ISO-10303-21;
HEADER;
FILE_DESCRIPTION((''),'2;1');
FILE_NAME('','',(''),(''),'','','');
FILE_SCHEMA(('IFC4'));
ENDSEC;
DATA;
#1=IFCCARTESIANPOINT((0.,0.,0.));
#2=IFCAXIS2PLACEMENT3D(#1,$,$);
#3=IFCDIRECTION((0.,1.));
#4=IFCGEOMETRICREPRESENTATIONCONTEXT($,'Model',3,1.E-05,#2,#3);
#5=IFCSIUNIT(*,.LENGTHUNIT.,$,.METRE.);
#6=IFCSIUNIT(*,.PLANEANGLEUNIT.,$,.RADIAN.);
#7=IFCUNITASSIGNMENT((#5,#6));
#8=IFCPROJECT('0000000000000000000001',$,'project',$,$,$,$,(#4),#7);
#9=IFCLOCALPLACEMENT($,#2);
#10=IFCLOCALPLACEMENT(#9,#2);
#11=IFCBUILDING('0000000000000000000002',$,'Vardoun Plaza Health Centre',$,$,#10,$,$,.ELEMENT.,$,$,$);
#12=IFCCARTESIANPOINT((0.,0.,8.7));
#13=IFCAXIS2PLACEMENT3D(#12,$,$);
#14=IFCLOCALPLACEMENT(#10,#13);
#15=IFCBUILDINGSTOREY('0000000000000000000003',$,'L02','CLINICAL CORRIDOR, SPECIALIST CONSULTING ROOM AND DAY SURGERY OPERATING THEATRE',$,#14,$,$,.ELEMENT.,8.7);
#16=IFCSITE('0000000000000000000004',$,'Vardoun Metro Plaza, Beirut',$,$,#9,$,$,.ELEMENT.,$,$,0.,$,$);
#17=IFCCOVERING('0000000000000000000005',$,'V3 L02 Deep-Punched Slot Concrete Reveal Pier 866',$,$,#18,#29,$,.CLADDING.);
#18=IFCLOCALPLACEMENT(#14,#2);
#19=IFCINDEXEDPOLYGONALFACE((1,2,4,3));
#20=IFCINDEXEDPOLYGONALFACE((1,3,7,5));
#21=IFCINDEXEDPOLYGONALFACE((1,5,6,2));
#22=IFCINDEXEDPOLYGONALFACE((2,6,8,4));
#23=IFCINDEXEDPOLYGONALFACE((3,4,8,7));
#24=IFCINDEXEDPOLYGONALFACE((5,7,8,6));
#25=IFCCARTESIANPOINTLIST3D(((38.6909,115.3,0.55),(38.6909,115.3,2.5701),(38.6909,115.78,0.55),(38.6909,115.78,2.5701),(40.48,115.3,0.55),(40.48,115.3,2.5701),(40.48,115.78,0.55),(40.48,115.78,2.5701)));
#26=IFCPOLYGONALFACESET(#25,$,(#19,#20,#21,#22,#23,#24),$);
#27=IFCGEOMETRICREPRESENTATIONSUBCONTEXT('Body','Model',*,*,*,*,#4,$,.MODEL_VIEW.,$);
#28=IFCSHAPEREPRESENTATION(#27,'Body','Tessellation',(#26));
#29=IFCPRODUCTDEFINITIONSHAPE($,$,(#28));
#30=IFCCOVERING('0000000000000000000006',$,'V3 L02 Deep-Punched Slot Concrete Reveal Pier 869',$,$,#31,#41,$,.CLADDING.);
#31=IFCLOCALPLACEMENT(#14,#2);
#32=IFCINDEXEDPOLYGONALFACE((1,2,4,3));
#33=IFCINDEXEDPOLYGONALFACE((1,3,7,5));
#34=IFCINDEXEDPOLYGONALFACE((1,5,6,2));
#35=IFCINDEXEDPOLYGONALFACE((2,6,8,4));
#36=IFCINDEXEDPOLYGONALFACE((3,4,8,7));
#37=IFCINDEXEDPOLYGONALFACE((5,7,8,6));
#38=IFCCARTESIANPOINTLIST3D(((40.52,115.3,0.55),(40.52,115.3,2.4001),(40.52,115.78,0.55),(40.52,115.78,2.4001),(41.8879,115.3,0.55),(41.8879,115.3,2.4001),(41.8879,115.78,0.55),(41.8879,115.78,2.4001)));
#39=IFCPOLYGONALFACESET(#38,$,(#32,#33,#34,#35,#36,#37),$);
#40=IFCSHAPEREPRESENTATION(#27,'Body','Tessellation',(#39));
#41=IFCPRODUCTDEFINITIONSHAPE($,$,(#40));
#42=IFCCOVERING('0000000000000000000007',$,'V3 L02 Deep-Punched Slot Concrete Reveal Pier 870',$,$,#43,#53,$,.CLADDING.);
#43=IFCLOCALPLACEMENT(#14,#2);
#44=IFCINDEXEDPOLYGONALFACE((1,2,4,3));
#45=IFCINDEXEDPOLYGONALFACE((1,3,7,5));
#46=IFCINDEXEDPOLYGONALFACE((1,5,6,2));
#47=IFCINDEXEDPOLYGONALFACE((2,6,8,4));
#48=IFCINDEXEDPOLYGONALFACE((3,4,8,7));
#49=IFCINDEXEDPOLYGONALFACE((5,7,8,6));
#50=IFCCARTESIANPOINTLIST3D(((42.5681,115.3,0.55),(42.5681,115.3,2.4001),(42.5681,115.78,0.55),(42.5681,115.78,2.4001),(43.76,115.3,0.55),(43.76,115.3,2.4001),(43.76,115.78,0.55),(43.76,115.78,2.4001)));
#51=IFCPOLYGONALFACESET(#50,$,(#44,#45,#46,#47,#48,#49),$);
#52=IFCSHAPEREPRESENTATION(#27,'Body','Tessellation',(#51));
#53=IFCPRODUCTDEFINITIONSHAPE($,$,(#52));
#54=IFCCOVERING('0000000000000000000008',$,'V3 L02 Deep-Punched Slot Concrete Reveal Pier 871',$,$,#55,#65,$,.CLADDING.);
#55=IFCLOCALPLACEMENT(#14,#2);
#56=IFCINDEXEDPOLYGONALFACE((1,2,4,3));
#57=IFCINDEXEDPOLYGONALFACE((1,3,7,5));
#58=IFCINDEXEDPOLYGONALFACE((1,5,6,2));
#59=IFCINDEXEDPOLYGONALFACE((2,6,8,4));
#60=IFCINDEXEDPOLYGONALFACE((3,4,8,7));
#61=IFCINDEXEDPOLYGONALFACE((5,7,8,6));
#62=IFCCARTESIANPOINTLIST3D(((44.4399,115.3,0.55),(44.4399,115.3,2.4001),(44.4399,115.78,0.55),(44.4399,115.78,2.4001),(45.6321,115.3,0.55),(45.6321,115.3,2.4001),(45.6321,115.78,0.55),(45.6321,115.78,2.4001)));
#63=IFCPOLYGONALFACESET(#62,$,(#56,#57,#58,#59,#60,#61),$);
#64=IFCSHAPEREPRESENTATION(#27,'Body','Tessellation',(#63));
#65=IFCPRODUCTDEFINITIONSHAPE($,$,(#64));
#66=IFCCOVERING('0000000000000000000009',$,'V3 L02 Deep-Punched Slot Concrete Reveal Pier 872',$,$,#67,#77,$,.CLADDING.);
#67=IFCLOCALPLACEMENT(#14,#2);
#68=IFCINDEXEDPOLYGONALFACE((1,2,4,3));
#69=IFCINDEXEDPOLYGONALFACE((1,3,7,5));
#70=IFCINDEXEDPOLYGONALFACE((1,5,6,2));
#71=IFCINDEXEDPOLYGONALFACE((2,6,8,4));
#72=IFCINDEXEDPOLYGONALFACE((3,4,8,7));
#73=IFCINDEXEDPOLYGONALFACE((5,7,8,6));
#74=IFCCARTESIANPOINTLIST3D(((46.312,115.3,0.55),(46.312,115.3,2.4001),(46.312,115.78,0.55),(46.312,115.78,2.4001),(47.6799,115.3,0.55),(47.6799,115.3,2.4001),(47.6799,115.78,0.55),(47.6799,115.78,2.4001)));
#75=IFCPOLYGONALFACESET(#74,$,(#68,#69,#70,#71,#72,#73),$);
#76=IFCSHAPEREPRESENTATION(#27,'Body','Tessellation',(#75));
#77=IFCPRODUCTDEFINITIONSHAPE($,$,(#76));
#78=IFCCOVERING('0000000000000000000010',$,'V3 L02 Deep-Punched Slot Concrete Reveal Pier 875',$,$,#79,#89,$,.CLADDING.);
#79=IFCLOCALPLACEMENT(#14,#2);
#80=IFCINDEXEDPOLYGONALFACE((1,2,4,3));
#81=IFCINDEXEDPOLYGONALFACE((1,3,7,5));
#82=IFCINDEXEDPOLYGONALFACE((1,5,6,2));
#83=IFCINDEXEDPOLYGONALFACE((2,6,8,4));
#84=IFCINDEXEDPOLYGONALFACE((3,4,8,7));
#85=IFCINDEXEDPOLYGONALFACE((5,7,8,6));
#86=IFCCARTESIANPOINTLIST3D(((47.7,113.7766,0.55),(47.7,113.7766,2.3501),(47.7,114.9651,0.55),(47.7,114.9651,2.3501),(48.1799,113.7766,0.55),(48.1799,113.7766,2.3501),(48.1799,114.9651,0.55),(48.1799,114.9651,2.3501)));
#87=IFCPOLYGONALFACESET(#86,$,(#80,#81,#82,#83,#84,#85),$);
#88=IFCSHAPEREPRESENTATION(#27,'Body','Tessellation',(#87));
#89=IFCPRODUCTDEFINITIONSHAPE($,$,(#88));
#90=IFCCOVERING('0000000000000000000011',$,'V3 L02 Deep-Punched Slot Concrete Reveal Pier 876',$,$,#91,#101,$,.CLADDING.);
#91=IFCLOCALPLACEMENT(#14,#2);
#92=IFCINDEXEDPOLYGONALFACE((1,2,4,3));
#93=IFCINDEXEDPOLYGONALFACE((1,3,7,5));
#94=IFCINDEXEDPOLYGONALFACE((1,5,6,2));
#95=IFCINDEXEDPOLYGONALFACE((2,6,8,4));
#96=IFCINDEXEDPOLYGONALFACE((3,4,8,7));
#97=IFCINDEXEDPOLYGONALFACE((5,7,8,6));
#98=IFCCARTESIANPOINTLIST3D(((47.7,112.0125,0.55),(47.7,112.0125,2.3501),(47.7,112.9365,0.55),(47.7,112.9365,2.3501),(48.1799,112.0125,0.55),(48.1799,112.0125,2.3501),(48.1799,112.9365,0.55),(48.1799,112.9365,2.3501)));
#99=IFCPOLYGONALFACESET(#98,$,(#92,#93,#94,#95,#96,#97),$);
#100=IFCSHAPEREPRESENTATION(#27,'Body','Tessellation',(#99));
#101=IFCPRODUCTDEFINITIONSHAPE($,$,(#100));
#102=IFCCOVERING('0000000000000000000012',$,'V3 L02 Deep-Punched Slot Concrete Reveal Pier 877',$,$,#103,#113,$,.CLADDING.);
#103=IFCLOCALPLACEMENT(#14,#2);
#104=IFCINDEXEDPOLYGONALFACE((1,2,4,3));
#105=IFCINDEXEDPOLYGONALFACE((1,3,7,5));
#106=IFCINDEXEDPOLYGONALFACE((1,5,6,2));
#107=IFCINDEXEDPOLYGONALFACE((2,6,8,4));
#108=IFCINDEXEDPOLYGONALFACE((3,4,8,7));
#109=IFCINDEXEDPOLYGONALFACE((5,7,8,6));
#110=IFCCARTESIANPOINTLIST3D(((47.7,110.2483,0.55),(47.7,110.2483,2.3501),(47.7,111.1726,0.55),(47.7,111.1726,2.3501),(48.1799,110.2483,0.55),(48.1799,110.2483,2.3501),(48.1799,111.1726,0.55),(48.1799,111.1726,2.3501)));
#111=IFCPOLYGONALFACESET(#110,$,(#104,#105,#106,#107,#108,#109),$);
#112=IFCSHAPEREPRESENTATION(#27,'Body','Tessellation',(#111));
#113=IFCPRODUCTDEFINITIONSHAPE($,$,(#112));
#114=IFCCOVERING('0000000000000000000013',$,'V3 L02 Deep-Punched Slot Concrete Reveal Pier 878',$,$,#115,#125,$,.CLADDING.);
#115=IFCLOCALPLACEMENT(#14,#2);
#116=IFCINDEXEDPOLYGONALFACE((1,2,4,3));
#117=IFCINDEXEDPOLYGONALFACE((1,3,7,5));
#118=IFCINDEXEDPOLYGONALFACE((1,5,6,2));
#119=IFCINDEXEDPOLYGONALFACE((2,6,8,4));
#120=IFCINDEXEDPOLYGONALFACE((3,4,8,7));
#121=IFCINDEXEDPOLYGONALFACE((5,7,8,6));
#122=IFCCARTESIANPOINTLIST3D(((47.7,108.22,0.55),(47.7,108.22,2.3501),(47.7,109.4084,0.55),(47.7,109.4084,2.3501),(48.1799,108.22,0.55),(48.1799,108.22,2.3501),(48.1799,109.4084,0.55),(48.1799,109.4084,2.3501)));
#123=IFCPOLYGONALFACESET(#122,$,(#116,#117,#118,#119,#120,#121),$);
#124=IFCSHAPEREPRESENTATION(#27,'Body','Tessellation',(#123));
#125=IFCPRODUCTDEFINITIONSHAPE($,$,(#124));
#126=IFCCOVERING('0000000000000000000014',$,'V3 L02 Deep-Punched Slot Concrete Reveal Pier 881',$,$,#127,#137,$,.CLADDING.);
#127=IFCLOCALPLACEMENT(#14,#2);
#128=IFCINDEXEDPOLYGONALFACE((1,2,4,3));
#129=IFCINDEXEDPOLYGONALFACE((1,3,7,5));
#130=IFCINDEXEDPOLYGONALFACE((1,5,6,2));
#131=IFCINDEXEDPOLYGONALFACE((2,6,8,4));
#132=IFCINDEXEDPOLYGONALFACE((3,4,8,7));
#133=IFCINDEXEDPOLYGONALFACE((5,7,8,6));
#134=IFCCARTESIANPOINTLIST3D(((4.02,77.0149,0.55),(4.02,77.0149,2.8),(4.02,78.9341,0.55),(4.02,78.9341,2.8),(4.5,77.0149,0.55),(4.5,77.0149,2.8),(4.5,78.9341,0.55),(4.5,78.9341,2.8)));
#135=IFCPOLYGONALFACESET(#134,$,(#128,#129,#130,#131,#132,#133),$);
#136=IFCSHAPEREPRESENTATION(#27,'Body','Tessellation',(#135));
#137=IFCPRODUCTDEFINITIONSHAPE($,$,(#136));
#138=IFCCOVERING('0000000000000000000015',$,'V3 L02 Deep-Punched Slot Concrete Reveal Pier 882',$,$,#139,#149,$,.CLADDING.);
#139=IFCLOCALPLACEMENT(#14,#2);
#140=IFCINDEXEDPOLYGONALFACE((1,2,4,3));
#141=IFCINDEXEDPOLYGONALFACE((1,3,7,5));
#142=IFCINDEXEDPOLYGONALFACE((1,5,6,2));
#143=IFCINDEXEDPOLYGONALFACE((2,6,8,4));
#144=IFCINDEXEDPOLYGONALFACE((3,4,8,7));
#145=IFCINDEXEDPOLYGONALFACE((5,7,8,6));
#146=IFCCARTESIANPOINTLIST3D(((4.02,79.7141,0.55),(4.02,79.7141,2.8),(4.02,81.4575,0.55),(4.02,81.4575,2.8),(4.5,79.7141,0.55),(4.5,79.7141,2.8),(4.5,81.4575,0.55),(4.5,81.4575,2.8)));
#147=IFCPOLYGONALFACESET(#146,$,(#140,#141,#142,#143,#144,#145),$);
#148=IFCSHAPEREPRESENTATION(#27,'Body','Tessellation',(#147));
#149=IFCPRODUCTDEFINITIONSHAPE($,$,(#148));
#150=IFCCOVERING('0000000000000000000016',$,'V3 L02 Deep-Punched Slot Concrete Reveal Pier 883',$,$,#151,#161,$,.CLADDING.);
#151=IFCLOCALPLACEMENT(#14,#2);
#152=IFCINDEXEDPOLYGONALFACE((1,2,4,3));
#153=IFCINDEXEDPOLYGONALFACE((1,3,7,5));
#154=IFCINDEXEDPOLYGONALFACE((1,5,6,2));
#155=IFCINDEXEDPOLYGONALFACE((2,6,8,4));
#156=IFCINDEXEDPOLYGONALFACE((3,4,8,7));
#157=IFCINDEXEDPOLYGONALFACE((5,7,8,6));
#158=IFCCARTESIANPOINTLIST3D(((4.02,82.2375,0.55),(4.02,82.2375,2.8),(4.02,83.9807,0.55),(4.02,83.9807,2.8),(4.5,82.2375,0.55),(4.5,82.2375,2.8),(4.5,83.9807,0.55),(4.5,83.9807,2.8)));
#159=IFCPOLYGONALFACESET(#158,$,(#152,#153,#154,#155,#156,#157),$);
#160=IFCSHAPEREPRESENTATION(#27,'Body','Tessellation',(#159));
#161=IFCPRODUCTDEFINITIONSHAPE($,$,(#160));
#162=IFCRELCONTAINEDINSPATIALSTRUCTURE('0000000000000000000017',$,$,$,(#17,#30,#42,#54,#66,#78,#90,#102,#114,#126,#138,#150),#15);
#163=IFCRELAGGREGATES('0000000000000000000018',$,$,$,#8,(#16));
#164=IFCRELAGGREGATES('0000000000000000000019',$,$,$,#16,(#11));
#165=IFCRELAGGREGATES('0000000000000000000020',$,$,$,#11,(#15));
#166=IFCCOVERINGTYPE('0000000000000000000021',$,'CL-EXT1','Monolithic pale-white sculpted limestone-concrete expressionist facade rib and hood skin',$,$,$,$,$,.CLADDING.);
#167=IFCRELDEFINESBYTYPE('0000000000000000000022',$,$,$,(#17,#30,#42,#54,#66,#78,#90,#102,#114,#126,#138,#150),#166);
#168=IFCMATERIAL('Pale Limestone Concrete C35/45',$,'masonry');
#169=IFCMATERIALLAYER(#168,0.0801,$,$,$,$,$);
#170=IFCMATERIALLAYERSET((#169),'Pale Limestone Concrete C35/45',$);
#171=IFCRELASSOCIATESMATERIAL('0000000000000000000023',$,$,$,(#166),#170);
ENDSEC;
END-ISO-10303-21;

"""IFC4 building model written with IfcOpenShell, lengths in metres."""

from ifc_helpers import new_model, si_unit, direction, frame, origin, place, context, subcontext, project, spatial, polyline, outline, extrude, material, layer, layer_set, type_object, element, save


model = new_model("IFC4")

# Units and contexts
model_context = context("Model", 3, precision=1e-05, world=origin(), true_north=direction((0.0, 1.0)))
body_context = subcontext(model_context, "Body", "Model", "MODEL_VIEW")
ifc_project = project(units=[si_unit("LENGTHUNIT", "METRE"), si_unit("PLANEANGLEUNIT", "RADIAN")], contexts=[model_context])

# Site, building, storey
site_placement = place(None, origin())
site = spatial("IfcSite", under=ifc_project, at=site_placement, Name="Vardoun Metro Plaza, Beirut", CompositionType="ELEMENT", RefElevation=0.0)
building_placement = place(site_placement, origin())
building = spatial("IfcBuilding", under=site, at=building_placement, Name="Vardoun Plaza Health Centre", CompositionType="ELEMENT")
storey_placement = place(building_placement, frame((0.0, 0.0, 8.7)))
storey = spatial("IfcBuildingStorey", under=building, at=storey_placement, Name="L02", Description="CLINICAL CORRIDOR, SPECIALIST CONSULTING ROOM AND DAY SURGERY OPERATING THEATRE", CompositionType="ELEMENT", Elevation=8.7)

# Coverings
ifc_material = material(Name="Pale Limestone Concrete C35/45", Category="masonry")
ifc_layer = layer(ifc_material, 0.0801)
ifc_layer_set = layer_set([ifc_layer], Name="Pale Limestone Concrete C35/45")
covering_type = type_object("IfcCoveringType", Name="CL-EXT1", Description="Monolithic pale-white sculpted limestone-concrete expressionist facade rib and hood skin", PredefinedType="CLADDING", material=ifc_layer_set)
covering_1_placement = place(storey_placement, frame((0.0, 0.0, 0.55)))
element("IfcCovering", 1, at=covering_1_placement, inside=storey, type_object=covering_type, Name="V3 L02 Deep-Punched Slot Concrete Reveal Pier 866", PredefinedType="CLADDING", context=body_context, shape_type="SweptSolid", body=[
    extrude(outline(polyline([(38.6909, 115.3), (40.48, 115.3), (40.48, 115.78), (38.6909, 115.78), (38.6909, 115.3)])), origin(), (0.0, 0.0, 1.0), 2.02),
])
covering_2_placement = place(storey_placement, frame((0.0, 0.0, 0.55)))
element("IfcCovering", 2, at=covering_2_placement, inside=storey, type_object=covering_type, Name="V3 L02 Deep-Punched Slot Concrete Reveal Pier 869", PredefinedType="CLADDING", context=body_context, shape_type="SweptSolid", body=[
    extrude(outline(polyline([(40.52, 115.3), (41.8879, 115.3), (41.8879, 115.78), (40.52, 115.78), (40.52, 115.3)])), origin(), (0.0, 0.0, 1.0), 1.8501),
])
covering_3_placement = place(storey_placement, frame((0.0, 0.0, 0.55)))
element("IfcCovering", 3, at=covering_3_placement, inside=storey, type_object=covering_type, Name="V3 L02 Deep-Punched Slot Concrete Reveal Pier 870", PredefinedType="CLADDING", context=body_context, shape_type="SweptSolid", body=[
    extrude(outline(polyline([(42.5681, 115.3), (43.76, 115.3), (43.76, 115.78), (42.5681, 115.78), (42.5681, 115.3)])), origin(), (0.0, 0.0, 1.0), 1.8501),
])
covering_4_placement = place(storey_placement, frame((0.0, 0.0, 0.55)))
element("IfcCovering", 4, at=covering_4_placement, inside=storey, type_object=covering_type, Name="V3 L02 Deep-Punched Slot Concrete Reveal Pier 871", PredefinedType="CLADDING", context=body_context, shape_type="SweptSolid", body=[
    extrude(outline(polyline([(44.4399, 115.3), (45.6321, 115.3), (45.6321, 115.78), (44.4399, 115.78), (44.4399, 115.3)])), origin(), (0.0, 0.0, 1.0), 1.8501),
])
covering_5_placement = place(storey_placement, frame((0.0, 0.0, 0.55)))
element("IfcCovering", 5, at=covering_5_placement, inside=storey, type_object=covering_type, Name="V3 L02 Deep-Punched Slot Concrete Reveal Pier 872", PredefinedType="CLADDING", context=body_context, shape_type="SweptSolid", body=[
    extrude(outline(polyline([(46.312, 115.3), (47.6799, 115.3), (47.6799, 115.78), (46.312, 115.78), (46.312, 115.3)])), origin(), (0.0, 0.0, 1.0), 1.8501),
])
covering_6_placement = place(storey_placement, frame((0.0, 0.0, 0.55)))
element("IfcCovering", 6, at=covering_6_placement, inside=storey, type_object=covering_type, Name="V3 L02 Deep-Punched Slot Concrete Reveal Pier 875", PredefinedType="CLADDING", context=body_context, shape_type="SweptSolid", body=[
    extrude(outline(polyline([(47.7, 114.9651), (47.7, 113.7766), (48.1799, 113.7766), (48.1799, 114.9651), (47.7, 114.9651)])), origin(), (0.0, 0.0, 1.0), 1.8),
])
covering_7_placement = place(storey_placement, frame((0.0, 0.0, 0.55)))
element("IfcCovering", 7, at=covering_7_placement, inside=storey, type_object=covering_type, Name="V3 L02 Deep-Punched Slot Concrete Reveal Pier 876", PredefinedType="CLADDING", context=body_context, shape_type="SweptSolid", body=[
    extrude(outline(polyline([(47.7, 112.9365), (47.7, 112.0125), (48.1799, 112.0125), (48.1799, 112.9365), (47.7, 112.9365)])), origin(), (0.0, 0.0, 1.0), 1.8),
])
covering_8_placement = place(storey_placement, frame((0.0, 0.0, 0.55)))
element("IfcCovering", 8, at=covering_8_placement, inside=storey, type_object=covering_type, Name="V3 L02 Deep-Punched Slot Concrete Reveal Pier 877", PredefinedType="CLADDING", context=body_context, shape_type="SweptSolid", body=[
    extrude(outline(polyline([(47.7, 111.1726), (47.7, 110.2483), (48.1799, 110.2483), (48.1799, 111.1726), (47.7, 111.1726)])), origin(), (0.0, 0.0, 1.0), 1.8),
])
covering_9_placement = place(storey_placement, frame((0.0, 0.0, 0.55)))
element("IfcCovering", 9, at=covering_9_placement, inside=storey, type_object=covering_type, Name="V3 L02 Deep-Punched Slot Concrete Reveal Pier 878", PredefinedType="CLADDING", context=body_context, shape_type="SweptSolid", body=[
    extrude(outline(polyline([(47.7, 109.4084), (47.7, 108.22), (48.1799, 108.22), (48.1799, 109.4084), (47.7, 109.4084)])), origin(), (0.0, 0.0, 1.0), 1.8),
])
covering_10_placement = place(storey_placement, frame((0.0, 0.0, 0.55)))
element("IfcCovering", 10, at=covering_10_placement, inside=storey, type_object=covering_type, Name="V3 L02 Deep-Punched Slot Concrete Reveal Pier 881", PredefinedType="CLADDING", context=body_context, shape_type="SweptSolid", body=[
    extrude(outline(polyline([(4.5, 77.0149), (4.5, 78.9341), (4.02, 78.9341), (4.02, 77.0149), (4.5, 77.0149)])), origin(), (0.0, 0.0, 1.0), 2.25),
])
covering_11_placement = place(storey_placement, frame((0.0, 0.0, 0.55)))
element("IfcCovering", 11, at=covering_11_placement, inside=storey, type_object=covering_type, Name="V3 L02 Deep-Punched Slot Concrete Reveal Pier 882", PredefinedType="CLADDING", context=body_context, shape_type="SweptSolid", body=[
    extrude(outline(polyline([(4.5, 79.7141), (4.5, 81.4575), (4.02, 81.4575), (4.02, 79.7141), (4.5, 79.7141)])), origin(), (0.0, 0.0, 1.0), 2.25),
])
covering_12_placement = place(storey_placement, frame((0.0, 0.0, 0.55)))
element("IfcCovering", 12, at=covering_12_placement, inside=storey, type_object=covering_type, Name="V3 L02 Deep-Punched Slot Concrete Reveal Pier 883", PredefinedType="CLADDING", context=body_context, shape_type="SweptSolid", body=[
    extrude(outline(polyline([(4.5, 82.2375), (4.5, 83.9807), (4.02, 83.9807), (4.02, 82.2375), (4.5, 82.2375)])), origin(), (0.0, 0.0, 1.0), 2.25),
])

save(model, "model.ifc")
